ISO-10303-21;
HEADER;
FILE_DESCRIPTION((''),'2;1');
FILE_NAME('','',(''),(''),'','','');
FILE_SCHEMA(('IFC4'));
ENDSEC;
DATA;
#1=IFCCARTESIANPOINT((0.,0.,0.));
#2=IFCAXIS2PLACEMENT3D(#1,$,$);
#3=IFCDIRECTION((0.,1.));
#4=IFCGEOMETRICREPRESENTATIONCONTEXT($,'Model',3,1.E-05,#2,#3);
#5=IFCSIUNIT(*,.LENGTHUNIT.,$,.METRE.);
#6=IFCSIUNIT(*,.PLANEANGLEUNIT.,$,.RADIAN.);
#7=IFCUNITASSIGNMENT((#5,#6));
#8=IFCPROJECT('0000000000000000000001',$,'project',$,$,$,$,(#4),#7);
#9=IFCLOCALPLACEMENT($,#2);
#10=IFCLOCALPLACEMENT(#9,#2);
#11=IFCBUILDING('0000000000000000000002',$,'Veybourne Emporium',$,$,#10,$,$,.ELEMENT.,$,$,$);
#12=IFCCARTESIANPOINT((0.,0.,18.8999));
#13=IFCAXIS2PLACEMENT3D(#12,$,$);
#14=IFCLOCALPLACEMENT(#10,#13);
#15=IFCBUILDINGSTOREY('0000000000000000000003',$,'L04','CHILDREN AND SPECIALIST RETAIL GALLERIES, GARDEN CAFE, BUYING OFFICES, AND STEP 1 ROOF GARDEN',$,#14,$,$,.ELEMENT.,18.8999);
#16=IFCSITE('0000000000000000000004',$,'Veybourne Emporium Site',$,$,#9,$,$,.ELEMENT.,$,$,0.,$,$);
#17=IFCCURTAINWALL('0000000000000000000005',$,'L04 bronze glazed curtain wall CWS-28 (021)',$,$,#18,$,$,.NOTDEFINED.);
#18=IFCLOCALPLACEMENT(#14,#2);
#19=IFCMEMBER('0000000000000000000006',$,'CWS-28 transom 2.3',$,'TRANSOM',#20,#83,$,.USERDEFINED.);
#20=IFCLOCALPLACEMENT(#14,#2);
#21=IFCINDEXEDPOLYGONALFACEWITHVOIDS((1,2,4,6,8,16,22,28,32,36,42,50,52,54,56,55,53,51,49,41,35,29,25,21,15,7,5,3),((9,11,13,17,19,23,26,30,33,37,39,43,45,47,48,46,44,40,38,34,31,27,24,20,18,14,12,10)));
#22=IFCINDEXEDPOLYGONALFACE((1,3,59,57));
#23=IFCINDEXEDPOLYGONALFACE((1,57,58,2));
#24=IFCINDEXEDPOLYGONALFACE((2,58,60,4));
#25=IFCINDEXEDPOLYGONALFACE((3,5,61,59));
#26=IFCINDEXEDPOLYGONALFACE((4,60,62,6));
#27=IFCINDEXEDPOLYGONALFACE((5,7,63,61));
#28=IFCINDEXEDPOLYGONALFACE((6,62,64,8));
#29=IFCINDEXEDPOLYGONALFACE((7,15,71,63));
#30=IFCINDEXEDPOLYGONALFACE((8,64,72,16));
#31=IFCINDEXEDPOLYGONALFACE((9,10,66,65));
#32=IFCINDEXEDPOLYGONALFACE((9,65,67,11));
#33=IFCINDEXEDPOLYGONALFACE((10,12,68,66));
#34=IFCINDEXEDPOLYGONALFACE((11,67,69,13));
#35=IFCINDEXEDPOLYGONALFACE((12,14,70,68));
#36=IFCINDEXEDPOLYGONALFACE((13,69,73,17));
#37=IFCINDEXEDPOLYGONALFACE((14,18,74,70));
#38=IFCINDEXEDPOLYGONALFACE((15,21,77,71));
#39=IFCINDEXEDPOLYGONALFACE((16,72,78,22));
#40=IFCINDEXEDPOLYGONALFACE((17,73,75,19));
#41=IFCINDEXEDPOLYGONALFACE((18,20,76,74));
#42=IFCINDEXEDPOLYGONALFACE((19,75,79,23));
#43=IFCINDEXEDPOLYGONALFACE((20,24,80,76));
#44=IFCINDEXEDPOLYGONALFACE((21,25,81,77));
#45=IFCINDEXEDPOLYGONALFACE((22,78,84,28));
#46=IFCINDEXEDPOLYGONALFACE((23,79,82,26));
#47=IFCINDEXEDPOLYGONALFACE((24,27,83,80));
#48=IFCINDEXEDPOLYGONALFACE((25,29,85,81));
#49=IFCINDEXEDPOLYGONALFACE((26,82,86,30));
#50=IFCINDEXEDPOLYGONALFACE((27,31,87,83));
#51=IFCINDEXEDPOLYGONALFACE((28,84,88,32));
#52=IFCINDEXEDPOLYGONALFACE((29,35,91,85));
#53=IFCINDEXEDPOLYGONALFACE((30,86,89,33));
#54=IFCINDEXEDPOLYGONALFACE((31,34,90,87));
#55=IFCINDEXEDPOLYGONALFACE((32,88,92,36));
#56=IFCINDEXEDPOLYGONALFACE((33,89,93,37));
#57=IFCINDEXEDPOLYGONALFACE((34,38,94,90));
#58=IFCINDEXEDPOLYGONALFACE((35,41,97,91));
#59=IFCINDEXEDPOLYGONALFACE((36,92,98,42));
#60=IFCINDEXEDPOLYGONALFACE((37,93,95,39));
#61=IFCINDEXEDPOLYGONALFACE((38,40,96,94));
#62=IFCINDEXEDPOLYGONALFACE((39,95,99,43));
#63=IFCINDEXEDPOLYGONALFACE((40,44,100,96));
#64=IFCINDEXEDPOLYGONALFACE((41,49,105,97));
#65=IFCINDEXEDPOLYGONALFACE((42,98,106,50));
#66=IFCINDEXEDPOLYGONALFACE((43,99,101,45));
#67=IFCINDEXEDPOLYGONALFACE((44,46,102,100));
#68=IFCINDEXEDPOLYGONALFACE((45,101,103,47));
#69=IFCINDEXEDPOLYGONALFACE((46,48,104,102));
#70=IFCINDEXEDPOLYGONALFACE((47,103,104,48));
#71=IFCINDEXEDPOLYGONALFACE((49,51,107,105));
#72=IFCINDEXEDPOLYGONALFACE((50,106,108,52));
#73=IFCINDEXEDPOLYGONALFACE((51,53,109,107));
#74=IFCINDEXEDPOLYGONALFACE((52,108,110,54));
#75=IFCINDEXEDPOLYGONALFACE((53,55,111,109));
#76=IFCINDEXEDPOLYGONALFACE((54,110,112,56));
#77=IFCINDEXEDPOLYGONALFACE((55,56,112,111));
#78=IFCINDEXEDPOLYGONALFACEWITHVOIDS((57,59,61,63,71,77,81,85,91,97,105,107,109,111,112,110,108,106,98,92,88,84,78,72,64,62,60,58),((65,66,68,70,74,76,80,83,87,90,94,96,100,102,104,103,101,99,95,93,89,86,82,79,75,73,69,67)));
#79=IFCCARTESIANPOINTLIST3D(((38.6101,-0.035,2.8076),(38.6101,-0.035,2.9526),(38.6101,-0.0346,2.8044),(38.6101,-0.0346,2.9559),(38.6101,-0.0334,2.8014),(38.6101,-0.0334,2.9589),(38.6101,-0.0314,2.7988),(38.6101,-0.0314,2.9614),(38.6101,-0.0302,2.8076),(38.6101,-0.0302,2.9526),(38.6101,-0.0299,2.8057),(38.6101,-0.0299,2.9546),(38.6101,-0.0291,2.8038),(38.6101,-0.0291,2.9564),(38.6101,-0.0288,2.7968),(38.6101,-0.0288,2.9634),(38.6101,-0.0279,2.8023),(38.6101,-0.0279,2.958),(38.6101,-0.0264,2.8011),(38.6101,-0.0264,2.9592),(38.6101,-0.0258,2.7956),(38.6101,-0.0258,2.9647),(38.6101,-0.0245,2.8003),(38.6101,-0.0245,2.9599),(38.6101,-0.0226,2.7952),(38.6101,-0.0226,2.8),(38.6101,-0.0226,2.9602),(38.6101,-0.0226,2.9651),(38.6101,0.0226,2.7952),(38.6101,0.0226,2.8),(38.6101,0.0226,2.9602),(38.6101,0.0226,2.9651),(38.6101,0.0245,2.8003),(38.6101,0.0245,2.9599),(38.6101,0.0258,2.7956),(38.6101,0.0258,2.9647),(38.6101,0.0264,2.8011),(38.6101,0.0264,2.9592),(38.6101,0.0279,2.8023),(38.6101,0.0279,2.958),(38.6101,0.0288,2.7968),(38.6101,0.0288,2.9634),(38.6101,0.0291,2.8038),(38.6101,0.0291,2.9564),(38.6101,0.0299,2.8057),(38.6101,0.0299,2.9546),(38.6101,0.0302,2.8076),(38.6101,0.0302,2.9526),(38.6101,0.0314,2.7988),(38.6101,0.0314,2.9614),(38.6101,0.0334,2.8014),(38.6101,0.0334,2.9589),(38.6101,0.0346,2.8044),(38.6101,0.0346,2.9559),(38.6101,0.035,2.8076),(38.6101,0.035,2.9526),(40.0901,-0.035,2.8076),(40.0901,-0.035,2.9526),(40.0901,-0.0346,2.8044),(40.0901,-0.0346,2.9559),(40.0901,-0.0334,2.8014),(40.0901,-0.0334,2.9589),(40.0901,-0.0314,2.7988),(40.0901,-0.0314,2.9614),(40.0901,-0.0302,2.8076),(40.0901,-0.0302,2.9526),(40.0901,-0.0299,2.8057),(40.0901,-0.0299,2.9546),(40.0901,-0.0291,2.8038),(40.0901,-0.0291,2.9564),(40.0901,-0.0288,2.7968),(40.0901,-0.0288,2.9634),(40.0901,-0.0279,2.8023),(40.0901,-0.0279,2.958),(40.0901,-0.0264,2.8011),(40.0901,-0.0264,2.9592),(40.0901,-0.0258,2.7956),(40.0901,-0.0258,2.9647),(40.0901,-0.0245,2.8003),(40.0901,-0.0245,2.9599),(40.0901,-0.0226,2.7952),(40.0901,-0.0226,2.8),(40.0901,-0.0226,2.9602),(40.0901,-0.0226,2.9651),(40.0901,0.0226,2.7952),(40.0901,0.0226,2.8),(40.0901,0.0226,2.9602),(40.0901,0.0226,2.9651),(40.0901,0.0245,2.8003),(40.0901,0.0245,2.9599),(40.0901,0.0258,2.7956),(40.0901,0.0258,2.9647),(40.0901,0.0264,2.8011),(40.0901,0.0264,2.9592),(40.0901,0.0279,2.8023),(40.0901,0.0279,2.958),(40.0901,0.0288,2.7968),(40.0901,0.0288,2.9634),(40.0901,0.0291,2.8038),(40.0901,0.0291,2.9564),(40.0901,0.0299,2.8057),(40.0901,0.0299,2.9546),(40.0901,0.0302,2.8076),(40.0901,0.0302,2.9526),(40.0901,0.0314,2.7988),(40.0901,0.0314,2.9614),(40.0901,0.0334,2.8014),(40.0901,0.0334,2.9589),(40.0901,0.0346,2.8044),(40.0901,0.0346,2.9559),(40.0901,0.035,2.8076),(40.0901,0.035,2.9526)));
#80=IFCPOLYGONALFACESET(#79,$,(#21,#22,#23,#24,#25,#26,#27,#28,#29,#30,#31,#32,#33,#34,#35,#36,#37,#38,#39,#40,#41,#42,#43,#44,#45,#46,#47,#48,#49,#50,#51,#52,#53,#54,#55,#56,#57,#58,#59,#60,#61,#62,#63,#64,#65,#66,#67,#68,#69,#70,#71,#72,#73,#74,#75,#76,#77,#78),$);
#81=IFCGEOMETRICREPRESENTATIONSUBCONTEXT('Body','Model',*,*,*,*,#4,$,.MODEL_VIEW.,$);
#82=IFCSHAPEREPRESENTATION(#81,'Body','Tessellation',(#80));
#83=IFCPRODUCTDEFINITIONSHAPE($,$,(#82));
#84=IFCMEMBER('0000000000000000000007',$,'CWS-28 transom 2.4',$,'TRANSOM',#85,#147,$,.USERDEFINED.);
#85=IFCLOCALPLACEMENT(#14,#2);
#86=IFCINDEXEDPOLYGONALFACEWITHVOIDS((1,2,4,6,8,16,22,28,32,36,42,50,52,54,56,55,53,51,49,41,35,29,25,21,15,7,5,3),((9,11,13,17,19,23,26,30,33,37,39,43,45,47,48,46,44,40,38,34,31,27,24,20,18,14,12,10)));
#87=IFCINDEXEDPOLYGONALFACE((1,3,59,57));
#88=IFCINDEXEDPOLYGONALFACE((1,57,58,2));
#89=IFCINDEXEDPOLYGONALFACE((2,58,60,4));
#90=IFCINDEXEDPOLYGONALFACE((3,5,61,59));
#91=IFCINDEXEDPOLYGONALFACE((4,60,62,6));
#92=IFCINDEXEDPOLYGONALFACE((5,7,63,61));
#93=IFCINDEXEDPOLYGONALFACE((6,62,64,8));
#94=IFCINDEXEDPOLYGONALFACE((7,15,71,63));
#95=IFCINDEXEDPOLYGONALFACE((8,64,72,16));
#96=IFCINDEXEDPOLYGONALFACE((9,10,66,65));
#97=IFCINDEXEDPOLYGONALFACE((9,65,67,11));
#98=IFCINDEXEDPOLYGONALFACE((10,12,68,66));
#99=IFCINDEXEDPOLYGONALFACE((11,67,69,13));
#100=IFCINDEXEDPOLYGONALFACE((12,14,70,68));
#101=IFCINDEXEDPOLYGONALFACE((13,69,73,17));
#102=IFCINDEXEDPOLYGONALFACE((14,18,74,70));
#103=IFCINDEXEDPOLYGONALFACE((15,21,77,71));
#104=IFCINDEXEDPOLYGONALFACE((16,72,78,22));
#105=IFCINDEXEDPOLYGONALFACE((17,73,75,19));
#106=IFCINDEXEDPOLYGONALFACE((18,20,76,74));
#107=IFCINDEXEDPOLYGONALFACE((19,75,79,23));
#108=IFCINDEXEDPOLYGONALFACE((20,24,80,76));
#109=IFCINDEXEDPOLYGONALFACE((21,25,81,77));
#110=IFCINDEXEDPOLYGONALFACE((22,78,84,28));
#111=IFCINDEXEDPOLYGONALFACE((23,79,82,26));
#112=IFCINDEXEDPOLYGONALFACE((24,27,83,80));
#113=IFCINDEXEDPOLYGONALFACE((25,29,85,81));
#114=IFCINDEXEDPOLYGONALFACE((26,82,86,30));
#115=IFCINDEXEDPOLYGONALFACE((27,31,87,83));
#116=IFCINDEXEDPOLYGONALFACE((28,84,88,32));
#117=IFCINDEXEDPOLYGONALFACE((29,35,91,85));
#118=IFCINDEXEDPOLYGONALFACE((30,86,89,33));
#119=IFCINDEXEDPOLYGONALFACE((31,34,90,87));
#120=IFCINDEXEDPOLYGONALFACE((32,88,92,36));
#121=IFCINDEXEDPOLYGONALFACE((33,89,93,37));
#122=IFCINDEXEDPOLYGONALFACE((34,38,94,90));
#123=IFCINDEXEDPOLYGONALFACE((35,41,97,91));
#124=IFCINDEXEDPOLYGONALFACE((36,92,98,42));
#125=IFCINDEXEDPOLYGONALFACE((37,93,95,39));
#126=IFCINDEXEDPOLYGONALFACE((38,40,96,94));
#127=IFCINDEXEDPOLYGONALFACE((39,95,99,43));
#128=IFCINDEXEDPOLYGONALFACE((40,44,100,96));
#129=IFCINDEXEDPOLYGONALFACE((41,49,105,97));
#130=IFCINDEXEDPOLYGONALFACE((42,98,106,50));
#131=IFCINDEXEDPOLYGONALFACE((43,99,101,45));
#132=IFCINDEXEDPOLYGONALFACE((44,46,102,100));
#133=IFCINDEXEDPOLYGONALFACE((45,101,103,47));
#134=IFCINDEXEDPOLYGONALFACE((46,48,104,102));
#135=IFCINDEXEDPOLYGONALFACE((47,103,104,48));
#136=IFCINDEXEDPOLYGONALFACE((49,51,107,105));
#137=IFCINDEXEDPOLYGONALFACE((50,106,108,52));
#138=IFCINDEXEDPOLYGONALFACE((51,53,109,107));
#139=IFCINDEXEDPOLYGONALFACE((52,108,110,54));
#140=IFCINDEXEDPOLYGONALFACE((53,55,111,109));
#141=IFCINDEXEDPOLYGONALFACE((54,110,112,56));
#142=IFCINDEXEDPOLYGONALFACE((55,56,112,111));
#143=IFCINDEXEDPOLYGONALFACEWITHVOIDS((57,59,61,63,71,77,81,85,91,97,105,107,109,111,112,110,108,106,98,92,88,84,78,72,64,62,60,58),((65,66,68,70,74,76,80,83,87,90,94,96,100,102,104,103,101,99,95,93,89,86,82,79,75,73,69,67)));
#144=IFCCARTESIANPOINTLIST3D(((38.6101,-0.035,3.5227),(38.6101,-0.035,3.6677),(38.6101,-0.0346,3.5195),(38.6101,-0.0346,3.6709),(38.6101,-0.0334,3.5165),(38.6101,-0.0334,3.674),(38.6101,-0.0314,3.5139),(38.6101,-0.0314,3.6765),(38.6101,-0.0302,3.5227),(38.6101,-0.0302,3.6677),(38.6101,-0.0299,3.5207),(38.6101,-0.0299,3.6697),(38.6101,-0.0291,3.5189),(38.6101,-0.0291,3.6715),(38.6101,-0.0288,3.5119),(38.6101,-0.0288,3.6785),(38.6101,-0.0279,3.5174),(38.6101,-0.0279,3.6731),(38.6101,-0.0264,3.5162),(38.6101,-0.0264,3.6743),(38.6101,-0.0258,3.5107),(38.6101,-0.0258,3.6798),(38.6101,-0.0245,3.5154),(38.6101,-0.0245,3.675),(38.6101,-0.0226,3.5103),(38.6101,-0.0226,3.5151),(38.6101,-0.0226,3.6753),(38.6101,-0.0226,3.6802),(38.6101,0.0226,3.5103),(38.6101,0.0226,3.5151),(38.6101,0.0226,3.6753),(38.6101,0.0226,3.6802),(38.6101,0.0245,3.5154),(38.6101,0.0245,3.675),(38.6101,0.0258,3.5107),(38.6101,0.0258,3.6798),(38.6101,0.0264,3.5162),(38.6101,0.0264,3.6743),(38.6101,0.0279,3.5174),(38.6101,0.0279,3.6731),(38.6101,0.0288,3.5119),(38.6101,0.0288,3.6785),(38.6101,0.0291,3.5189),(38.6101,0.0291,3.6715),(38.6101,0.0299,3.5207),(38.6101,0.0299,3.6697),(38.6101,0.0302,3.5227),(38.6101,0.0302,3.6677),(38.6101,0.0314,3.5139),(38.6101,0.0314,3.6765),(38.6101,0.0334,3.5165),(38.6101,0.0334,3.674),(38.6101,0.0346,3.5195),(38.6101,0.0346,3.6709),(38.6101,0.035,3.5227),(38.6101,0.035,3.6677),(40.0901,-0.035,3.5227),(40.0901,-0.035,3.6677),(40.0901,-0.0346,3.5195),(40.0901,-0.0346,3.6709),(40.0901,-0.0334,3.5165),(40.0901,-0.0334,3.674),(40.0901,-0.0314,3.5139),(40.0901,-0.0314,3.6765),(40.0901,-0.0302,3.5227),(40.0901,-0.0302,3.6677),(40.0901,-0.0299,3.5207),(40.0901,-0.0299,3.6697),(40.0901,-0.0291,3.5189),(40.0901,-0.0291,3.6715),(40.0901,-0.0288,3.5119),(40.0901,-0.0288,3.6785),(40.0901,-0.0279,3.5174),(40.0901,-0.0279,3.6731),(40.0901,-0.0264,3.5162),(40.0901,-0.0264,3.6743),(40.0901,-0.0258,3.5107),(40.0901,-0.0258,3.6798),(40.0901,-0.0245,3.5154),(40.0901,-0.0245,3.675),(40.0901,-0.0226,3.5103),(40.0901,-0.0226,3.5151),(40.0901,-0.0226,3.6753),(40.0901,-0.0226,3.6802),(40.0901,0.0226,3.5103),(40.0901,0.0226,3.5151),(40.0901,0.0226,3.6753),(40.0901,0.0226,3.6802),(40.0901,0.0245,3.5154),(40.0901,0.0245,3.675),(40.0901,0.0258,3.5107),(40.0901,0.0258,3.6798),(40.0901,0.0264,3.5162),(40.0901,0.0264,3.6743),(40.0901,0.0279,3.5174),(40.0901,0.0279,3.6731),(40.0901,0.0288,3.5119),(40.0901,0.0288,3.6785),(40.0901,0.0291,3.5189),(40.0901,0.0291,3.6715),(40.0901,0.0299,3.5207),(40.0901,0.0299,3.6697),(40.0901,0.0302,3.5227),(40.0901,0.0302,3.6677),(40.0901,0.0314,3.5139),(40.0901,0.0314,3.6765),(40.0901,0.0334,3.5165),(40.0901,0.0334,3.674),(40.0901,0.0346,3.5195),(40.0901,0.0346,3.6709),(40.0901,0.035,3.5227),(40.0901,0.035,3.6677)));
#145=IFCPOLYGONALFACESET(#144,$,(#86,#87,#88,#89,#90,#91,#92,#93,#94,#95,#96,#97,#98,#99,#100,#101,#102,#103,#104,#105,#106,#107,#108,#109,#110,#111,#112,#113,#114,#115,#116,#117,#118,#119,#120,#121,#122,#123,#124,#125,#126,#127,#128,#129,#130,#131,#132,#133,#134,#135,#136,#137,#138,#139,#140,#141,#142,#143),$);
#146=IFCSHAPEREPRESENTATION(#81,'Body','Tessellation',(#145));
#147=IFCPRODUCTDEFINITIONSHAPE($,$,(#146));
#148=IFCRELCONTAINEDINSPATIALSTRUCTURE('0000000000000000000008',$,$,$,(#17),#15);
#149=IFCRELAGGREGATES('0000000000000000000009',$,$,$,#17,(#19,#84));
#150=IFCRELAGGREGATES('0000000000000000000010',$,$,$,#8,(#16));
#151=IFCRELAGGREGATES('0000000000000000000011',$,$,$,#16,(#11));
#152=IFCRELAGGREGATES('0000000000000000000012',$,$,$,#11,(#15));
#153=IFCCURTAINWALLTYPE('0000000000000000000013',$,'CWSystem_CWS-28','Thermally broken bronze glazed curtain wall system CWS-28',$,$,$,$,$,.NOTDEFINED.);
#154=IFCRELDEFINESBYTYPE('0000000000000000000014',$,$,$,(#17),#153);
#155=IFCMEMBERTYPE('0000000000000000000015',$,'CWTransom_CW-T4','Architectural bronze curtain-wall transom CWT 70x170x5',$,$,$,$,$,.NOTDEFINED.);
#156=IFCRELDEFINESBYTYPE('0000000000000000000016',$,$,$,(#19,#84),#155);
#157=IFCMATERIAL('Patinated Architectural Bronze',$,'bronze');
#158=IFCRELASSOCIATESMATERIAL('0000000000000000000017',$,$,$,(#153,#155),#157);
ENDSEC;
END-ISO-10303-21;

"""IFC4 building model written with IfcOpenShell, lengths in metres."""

from ifc_helpers import new_model, si_unit, direction, frame, origin, origin_2d, place, context, subcontext, project, spatial, hollow_rectangle, extrude, material, material_profile, profile_set, type_object, element, aggregate, save


model = new_model("IFC4")

# Units and contexts
model_context = context("Model", 3, precision=1e-05, world=origin(), true_north=direction((0.0, 1.0)))
body_context = subcontext(model_context, "Body", "Model", "MODEL_VIEW")
ifc_project = project(units=[si_unit("LENGTHUNIT", "METRE"), si_unit("PLANEANGLEUNIT", "RADIAN")], contexts=[model_context])

# Site, building, storey
site_placement = place(None, origin())
site = spatial("IfcSite", under=ifc_project, at=site_placement, Name="Veybourne Emporium Site", CompositionType="ELEMENT", RefElevation=0.0)
building_placement = place(site_placement, origin())
building = spatial("IfcBuilding", under=site, at=building_placement, Name="Veybourne Emporium", CompositionType="ELEMENT")
storey_placement = place(building_placement, frame((0.0, 0.0, 18.8999)))
storey = spatial("IfcBuildingStorey", under=building, at=storey_placement, Name="L04", Description="CHILDREN AND SPECIALIST RETAIL GALLERIES, GARDEN CAFE, BUYING OFFICES, AND STEP 1 ROOF GARDEN", CompositionType="ELEMENT", Elevation=18.8999)

# Curtain wall, members
ifc_material_1 = material(Name="Patinated Architectural Bronze", Category="bronze")
curtain_wall_type = type_object("IfcCurtainWallType", Name="CWSystem_CWS-28", Description="Thermally broken bronze glazed curtain wall system CWS-28", PredefinedType="NOTDEFINED", material=ifc_material_1)
curtain_wall_placement = place(storey_placement, origin())
curtain_wall = element("IfcCurtainWall", 1, at=curtain_wall_placement, inside=storey, type_object=curtain_wall_type, Name="L04 bronze glazed curtain wall CWS-28 (021)", PredefinedType="NOTDEFINED")
ifc_material_profile_1 = material_profile(ifc_material_1, hollow_rectangle(XDim=0.0701, YDim=0.1699, WallThickness=0.0049, InnerFilletRadius=0.0076, OuterFilletRadius=0.0125, at=origin_2d()), Name="CWT 70x170x5")
ifc_profile_set_1 = profile_set([ifc_material_profile_1], Name="Patinated Architectural Bronze")
member_type_1 = type_object("IfcMemberType", Name="CWTransom_CW-T4", Description="Architectural bronze curtain-wall transom CWT 70x170x5", PredefinedType="NOTDEFINED", material=ifc_profile_set_1)
member_1_placement = place(storey_placement, frame((40.0901, 0.0, 2.8801), z_axis=(-1.0, 0.0, 0.0), x_axis=(0.0, -1.0, 0.0)))
member_1 = element("IfcMember", 2, at=member_1_placement, type_object=member_type_1, Name="CWS-28 transom 2.3", ObjectType="TRANSOM", PredefinedType="USERDEFINED", context=body_context, shape_type="SweptSolid", body=[
    extrude(hollow_rectangle(XDim=0.0701, YDim=0.1699, WallThickness=0.0049, InnerFilletRadius=0.0076, OuterFilletRadius=0.0125, at=origin_2d()), origin(), (0.0, 0.0, 1.0), 1.48),
])
member_2_placement = place(storey_placement, frame((40.0901, 0.0, 3.5952), z_axis=(-1.0, 0.0, 0.0), x_axis=(0.0, -1.0, 0.0)))
member_2 = element("IfcMember", 3, at=member_2_placement, type_object=member_type_1, Name="CWS-28 transom 2.4", ObjectType="TRANSOM", PredefinedType="USERDEFINED", context=body_context, shape_type="SweptSolid", body=[
    extrude(hollow_rectangle(XDim=0.0701, YDim=0.1699, WallThickness=0.0049, InnerFilletRadius=0.0076, OuterFilletRadius=0.0125, at=origin_2d()), origin(), (0.0, 0.0, 1.0), 1.48),
])
aggregate(curtain_wall, [member_1, member_2])

save(model, "model.ifc")
